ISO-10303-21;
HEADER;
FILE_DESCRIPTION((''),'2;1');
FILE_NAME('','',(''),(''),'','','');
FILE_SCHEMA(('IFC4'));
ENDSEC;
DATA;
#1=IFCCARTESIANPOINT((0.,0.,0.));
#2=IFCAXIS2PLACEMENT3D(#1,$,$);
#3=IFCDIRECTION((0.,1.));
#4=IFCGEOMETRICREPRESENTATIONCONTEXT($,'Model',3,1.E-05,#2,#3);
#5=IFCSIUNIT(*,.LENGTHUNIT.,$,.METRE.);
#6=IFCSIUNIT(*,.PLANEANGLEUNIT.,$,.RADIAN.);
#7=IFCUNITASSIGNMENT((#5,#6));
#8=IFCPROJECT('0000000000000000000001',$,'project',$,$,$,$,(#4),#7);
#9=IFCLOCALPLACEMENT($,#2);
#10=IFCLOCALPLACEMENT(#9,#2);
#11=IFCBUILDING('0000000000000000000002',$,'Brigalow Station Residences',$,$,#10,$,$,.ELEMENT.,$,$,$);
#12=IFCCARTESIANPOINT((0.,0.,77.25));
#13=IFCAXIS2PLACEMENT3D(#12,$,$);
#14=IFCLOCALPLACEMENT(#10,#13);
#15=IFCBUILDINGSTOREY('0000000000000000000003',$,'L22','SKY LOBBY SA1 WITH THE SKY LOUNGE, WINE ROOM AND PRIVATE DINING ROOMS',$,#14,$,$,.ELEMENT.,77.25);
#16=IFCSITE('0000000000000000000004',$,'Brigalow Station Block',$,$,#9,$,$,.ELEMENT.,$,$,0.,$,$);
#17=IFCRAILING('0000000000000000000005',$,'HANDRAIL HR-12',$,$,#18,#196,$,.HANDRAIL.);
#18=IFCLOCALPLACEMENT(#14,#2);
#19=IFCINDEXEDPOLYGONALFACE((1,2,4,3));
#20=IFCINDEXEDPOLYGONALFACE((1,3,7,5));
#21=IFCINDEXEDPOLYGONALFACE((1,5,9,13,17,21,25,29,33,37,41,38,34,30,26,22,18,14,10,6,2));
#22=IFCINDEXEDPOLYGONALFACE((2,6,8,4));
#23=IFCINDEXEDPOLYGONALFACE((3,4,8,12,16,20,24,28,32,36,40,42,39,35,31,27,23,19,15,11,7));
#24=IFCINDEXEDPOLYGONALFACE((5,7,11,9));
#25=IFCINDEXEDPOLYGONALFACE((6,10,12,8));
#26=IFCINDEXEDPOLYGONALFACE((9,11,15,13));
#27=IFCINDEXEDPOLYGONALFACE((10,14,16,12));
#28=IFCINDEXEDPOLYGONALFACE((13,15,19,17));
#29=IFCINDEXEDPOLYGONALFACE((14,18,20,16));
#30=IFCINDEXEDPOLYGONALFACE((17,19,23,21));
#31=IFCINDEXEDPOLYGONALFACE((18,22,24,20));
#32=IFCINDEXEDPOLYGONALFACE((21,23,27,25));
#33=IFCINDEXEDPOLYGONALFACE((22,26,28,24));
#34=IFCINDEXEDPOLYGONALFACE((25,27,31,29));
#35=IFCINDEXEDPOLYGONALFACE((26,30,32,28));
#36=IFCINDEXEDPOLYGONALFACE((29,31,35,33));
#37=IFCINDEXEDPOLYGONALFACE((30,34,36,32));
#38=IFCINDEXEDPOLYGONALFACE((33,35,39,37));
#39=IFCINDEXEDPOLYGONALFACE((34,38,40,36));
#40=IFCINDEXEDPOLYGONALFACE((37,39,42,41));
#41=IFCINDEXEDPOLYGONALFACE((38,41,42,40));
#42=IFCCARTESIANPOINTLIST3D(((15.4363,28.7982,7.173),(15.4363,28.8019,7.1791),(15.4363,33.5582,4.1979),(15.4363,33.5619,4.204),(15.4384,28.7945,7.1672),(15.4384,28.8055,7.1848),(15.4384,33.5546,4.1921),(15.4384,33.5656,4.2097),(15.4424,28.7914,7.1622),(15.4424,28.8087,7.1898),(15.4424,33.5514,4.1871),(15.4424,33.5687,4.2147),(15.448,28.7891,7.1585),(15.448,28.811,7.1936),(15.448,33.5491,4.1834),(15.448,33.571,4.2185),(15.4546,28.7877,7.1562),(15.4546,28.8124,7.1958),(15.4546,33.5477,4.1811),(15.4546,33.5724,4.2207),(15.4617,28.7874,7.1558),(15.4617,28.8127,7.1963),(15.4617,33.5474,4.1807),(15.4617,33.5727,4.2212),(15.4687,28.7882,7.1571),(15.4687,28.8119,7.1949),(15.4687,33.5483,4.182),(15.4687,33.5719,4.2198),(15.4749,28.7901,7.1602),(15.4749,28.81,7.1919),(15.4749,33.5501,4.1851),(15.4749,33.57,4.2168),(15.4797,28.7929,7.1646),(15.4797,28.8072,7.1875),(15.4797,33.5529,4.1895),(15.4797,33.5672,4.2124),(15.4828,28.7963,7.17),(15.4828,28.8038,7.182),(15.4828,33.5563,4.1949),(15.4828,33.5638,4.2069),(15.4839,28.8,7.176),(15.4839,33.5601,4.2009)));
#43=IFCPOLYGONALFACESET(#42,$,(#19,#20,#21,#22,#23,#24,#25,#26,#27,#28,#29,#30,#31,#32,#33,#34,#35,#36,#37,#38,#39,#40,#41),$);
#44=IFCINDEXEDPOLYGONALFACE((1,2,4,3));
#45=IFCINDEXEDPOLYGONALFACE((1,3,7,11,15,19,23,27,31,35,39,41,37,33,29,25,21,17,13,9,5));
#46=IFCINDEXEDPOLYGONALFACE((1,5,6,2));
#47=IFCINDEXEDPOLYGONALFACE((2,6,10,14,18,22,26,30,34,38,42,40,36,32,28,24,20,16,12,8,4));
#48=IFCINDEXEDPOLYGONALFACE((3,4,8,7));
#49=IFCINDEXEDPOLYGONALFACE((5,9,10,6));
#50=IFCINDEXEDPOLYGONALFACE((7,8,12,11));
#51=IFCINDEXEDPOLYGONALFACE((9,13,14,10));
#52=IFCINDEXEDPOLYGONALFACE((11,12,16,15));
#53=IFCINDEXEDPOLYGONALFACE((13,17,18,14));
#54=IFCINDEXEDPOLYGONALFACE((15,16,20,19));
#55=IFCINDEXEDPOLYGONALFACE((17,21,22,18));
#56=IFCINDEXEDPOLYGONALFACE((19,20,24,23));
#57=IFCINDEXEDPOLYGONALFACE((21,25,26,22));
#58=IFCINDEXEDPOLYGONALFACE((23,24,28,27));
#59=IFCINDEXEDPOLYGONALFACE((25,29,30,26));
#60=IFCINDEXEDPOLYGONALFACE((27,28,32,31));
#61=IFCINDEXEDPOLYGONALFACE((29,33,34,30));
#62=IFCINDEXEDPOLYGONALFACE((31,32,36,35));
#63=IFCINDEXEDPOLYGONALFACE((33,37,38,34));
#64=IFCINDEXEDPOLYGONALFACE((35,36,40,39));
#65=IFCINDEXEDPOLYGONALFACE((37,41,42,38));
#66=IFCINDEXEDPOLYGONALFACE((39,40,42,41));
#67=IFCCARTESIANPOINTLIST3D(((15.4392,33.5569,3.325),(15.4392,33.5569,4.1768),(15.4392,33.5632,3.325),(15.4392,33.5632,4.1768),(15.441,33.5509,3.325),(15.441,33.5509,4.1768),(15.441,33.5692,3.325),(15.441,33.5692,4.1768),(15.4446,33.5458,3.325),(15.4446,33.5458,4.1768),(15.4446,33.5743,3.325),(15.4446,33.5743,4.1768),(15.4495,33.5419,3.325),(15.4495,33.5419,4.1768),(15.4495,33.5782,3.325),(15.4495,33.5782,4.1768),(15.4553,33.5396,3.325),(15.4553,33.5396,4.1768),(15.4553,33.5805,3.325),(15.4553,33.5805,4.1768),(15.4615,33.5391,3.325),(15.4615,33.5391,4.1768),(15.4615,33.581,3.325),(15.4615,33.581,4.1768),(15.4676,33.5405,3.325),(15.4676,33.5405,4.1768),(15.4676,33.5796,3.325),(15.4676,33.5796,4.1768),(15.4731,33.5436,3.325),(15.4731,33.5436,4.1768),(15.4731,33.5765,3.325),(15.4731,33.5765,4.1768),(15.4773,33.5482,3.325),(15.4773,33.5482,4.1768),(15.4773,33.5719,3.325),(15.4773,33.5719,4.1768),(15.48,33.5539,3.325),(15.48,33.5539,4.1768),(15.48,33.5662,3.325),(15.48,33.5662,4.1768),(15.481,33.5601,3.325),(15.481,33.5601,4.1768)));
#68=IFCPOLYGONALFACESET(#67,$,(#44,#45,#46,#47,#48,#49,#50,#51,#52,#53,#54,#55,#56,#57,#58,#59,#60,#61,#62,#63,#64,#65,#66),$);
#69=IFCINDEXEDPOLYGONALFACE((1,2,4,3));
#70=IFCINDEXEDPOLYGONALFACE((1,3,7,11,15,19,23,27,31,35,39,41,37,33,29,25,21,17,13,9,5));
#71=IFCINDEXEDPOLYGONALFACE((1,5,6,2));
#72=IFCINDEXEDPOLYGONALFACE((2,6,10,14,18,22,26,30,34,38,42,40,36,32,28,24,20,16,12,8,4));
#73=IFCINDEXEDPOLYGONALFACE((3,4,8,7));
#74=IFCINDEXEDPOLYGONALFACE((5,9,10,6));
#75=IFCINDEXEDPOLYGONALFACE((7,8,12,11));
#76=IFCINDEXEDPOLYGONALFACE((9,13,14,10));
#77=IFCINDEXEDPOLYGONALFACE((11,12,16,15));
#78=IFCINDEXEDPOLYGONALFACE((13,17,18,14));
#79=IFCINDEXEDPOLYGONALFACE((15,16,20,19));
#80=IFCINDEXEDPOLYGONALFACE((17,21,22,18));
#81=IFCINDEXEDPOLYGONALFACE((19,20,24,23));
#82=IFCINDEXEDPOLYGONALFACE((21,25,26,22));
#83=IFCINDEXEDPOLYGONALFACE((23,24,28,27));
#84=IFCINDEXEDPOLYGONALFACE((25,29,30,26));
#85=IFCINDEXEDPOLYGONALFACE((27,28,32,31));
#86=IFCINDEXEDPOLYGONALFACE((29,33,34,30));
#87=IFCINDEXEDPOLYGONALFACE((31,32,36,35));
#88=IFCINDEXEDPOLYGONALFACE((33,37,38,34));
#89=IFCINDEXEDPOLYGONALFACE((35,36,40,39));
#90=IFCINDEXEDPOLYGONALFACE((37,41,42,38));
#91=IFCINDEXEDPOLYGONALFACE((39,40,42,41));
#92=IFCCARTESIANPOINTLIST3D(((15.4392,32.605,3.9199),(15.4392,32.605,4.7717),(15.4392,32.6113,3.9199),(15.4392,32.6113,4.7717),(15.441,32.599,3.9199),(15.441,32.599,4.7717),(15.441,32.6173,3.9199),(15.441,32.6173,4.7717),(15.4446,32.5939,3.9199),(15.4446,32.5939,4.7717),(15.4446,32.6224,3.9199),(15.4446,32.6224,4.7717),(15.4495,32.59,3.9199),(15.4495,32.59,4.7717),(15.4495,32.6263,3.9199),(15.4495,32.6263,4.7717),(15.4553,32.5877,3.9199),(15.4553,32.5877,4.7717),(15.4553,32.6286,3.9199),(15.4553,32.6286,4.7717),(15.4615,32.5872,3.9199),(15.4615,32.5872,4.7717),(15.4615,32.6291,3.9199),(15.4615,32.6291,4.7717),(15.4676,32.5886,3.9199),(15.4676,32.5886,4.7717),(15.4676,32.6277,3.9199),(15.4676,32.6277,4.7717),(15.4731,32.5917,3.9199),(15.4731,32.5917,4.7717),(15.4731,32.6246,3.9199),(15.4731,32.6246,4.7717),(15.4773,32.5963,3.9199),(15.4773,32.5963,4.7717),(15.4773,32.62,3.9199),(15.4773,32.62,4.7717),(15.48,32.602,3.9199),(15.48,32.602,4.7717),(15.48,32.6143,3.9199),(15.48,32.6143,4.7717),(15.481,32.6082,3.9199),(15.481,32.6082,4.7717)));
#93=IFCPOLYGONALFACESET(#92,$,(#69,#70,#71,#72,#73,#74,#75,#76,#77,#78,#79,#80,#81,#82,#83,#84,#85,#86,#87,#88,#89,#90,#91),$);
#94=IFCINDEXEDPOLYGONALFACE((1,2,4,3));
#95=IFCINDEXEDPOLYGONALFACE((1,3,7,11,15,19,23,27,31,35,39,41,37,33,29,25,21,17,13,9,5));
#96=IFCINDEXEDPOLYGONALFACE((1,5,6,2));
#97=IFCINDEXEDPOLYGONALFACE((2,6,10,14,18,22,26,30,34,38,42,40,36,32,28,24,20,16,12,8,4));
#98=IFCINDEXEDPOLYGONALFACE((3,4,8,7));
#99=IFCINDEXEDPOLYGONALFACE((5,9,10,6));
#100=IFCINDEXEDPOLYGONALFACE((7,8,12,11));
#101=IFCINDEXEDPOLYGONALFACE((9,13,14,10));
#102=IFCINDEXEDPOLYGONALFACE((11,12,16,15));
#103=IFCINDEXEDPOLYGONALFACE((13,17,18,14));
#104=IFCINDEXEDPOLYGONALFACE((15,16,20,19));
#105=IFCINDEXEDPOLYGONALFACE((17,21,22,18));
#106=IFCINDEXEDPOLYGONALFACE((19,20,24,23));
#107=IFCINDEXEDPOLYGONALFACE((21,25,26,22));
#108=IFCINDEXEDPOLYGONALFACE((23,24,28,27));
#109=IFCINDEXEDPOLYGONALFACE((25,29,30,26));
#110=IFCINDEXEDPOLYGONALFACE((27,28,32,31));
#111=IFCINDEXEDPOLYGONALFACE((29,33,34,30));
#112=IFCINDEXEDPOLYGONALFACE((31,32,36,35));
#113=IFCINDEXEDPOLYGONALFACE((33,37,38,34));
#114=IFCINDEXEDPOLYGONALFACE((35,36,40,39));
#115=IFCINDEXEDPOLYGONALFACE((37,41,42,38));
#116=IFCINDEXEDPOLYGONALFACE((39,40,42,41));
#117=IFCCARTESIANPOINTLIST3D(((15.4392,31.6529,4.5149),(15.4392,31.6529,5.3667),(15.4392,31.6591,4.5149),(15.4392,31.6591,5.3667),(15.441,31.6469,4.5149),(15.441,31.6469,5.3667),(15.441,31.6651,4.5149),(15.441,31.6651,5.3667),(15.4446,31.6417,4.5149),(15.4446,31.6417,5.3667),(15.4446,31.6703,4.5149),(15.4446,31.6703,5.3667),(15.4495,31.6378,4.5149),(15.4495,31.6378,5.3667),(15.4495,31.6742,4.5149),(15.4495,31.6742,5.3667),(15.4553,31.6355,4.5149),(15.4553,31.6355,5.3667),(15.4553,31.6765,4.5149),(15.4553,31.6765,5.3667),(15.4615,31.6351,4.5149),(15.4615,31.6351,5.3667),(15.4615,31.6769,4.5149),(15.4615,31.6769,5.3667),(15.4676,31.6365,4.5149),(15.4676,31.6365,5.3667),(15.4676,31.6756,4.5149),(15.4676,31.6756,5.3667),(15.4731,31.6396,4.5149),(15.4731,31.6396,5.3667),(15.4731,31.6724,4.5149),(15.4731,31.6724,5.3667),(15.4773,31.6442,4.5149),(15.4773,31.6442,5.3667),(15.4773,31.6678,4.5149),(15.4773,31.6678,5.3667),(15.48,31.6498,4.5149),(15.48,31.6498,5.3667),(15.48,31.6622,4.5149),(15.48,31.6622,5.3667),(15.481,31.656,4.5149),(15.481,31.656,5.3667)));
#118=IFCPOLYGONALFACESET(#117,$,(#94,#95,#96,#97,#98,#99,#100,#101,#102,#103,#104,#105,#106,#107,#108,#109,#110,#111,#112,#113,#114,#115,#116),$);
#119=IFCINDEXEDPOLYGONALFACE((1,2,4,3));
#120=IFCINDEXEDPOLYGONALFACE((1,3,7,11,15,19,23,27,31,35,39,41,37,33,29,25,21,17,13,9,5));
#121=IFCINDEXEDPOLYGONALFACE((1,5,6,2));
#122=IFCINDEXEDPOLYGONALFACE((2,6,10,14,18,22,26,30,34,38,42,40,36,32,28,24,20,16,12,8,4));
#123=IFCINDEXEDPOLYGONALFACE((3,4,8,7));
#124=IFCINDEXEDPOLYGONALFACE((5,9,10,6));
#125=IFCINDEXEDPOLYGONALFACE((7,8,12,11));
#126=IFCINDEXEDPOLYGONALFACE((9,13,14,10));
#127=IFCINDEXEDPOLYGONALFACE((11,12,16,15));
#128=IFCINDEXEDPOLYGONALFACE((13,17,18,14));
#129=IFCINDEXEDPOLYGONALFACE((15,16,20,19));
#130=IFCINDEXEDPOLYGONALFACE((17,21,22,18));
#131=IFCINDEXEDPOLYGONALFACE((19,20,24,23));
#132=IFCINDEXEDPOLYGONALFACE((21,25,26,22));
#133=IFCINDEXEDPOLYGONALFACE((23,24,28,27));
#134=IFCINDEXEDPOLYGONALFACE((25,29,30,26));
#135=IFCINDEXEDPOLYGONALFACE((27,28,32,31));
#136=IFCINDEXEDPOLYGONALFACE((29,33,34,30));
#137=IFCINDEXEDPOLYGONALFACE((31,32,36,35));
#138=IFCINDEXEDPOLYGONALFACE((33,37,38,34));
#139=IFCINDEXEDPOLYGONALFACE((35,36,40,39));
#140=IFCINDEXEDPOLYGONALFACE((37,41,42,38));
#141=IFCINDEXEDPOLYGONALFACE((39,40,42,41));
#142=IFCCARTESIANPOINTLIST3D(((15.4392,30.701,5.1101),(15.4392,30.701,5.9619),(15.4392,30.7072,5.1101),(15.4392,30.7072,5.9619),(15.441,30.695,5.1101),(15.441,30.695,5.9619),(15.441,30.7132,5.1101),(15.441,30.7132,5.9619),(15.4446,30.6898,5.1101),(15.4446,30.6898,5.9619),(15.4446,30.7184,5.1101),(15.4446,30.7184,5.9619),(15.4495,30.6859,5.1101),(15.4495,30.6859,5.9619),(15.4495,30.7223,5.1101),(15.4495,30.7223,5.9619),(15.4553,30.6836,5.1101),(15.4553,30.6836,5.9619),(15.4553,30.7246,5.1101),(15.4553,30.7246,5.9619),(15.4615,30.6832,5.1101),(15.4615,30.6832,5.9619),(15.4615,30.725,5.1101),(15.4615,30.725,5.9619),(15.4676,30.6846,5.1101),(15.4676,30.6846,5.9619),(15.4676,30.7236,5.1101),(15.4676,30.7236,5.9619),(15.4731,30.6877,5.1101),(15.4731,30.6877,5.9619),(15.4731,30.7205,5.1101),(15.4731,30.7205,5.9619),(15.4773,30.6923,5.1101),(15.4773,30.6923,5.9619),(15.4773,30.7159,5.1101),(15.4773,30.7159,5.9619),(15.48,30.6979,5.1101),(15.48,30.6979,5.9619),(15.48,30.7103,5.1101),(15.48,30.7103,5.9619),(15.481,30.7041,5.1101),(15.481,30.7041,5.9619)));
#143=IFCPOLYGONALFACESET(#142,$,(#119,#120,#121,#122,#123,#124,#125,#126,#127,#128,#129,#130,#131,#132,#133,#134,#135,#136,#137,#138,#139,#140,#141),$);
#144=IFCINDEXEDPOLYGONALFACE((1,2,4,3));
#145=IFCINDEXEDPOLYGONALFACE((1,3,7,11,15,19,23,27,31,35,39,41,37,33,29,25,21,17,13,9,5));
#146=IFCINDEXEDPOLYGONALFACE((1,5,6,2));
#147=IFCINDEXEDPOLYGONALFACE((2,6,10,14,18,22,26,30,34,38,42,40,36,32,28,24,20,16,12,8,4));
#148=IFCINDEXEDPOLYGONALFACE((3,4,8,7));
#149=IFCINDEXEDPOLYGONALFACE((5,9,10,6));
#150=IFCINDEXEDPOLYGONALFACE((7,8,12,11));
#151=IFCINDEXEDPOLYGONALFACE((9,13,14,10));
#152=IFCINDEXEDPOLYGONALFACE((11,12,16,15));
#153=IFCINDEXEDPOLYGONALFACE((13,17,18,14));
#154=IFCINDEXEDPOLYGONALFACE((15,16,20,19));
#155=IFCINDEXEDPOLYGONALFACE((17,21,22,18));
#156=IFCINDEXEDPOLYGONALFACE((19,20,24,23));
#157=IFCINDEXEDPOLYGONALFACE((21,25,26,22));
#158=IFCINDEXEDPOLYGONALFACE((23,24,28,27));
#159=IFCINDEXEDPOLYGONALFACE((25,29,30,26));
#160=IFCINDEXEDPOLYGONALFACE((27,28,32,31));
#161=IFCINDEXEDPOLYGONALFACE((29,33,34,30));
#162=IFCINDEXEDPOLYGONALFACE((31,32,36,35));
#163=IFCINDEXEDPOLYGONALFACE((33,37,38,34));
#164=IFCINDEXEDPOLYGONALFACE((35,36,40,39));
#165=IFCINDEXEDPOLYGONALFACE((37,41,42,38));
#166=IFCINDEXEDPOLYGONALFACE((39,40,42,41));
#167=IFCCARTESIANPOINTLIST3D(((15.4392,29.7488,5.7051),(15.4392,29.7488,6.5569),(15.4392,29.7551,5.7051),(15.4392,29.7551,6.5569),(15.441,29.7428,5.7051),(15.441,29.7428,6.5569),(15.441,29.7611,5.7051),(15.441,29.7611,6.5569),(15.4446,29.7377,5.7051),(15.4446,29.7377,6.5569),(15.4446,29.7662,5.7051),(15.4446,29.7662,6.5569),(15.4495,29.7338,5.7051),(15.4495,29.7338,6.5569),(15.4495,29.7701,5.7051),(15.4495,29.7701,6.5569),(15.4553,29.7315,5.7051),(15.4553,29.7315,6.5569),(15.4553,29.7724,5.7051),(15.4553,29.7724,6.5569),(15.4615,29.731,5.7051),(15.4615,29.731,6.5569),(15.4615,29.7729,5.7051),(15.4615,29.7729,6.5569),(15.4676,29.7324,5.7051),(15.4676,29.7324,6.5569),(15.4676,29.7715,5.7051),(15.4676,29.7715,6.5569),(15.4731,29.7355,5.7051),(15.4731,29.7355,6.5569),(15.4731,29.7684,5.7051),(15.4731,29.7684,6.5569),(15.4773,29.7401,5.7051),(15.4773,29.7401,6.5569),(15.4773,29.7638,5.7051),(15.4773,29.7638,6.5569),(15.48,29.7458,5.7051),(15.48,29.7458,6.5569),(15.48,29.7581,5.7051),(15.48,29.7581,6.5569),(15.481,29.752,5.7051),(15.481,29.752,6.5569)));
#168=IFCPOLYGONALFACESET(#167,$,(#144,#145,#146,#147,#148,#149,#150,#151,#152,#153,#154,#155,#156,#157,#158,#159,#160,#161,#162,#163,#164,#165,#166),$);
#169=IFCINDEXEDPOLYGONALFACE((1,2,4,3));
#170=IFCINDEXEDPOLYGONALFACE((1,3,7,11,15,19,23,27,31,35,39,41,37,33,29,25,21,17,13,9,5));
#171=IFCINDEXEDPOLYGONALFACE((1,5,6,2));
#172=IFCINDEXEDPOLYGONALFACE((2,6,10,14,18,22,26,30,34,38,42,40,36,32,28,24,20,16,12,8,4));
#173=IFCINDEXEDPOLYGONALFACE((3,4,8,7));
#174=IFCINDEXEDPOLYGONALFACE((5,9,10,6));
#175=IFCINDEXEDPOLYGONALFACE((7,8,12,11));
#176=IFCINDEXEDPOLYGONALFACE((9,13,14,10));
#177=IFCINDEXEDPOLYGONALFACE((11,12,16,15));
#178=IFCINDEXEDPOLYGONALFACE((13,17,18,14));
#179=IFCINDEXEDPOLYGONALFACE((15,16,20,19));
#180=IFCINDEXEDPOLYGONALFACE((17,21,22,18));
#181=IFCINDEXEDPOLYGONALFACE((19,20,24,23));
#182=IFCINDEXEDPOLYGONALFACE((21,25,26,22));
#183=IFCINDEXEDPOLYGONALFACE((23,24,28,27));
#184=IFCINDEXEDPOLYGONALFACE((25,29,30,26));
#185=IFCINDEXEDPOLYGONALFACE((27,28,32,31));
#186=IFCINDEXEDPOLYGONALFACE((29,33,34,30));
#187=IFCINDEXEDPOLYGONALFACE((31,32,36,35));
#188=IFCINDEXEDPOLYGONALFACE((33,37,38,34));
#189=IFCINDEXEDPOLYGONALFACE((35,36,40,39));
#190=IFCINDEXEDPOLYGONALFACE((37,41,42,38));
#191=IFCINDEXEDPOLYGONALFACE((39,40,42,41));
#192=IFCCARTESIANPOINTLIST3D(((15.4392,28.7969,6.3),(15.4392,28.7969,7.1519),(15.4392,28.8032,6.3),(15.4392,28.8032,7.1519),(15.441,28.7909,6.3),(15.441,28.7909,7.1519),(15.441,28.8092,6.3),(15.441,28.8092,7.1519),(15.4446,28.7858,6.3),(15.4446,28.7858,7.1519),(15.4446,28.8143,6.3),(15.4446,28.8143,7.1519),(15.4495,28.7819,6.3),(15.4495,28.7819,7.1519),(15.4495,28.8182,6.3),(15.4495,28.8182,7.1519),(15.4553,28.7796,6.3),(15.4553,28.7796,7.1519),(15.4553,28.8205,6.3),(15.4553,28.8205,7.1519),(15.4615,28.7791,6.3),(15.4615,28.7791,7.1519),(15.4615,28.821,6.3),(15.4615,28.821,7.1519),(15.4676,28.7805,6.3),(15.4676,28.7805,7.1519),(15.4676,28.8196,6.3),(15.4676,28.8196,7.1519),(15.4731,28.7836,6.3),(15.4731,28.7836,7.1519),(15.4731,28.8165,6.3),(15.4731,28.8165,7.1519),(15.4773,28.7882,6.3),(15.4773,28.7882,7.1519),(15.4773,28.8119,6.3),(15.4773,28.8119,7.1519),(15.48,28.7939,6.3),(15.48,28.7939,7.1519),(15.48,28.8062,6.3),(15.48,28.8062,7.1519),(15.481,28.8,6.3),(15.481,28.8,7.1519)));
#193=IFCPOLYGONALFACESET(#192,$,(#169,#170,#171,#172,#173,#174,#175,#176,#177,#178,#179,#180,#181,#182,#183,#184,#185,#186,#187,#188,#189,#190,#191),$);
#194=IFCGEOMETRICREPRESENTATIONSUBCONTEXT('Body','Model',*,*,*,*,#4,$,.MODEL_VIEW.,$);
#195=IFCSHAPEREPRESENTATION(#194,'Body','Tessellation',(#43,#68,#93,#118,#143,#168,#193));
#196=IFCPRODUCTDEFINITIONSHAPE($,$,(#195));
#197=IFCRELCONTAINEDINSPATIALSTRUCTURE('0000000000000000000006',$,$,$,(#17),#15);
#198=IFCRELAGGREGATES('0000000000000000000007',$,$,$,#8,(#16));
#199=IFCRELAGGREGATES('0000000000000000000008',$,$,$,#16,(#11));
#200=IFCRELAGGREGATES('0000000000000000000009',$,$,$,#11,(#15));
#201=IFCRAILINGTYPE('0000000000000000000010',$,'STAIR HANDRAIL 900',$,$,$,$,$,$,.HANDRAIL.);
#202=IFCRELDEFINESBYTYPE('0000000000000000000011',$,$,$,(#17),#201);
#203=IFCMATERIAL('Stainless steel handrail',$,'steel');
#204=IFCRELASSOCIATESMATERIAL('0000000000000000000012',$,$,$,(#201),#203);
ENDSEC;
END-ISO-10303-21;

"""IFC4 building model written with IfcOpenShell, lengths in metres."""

from ifc_helpers import new_model, si_unit, direction, frame, origin, origin_2d, place, context, subcontext, project, spatial, circle, extrude, material, type_object, element, save


model = new_model("IFC4")

# Units and contexts
model_context = context("Model", 3, precision=1e-05, world=origin(), true_north=direction((0.0, 1.0)))
body_context = subcontext(model_context, "Body", "Model", "MODEL_VIEW")
ifc_project = project(units=[si_unit("LENGTHUNIT", "METRE"), si_unit("PLANEANGLEUNIT", "RADIAN")], contexts=[model_context])

# Site, building, storey
site_placement = place(None, origin())
site = spatial("IfcSite", under=ifc_project, at=site_placement, Name="Brigalow Station Block", CompositionType="ELEMENT", RefElevation=0.0)
building_placement = place(site_placement, origin())
building = spatial("IfcBuilding", under=site, at=building_placement, Name="Brigalow Station Residences", CompositionType="ELEMENT")
storey_placement = place(building_placement, frame((0.0, 0.0, 77.25)))
storey = spatial("IfcBuildingStorey", under=building, at=storey_placement, Name="L22", Description="SKY LOBBY SA1 WITH THE SKY LOUNGE, WINE ROOM AND PRIVATE DINING ROOMS", CompositionType="ELEMENT", Elevation=77.25)

# Railing
ifc_material_1 = material(Name="Stainless steel handrail", Category="steel")
railing_type = type_object("IfcRailingType", Name="STAIR HANDRAIL 900", PredefinedType="HANDRAIL", material=ifc_material_1)
railing_placement = place(storey_placement, frame((15.46, 33.5601, 3.325)))
element("IfcRailing", 1, at=railing_placement, inside=storey, type_object=railing_type, Name="HANDRAIL HR-12", PredefinedType="HANDRAIL", context=body_context, shape_type="SweptSolid", body=[
    extrude(circle(Radius=0.0239, at=origin_2d()), frame((0.0, 0.0, 0.876), z_axis=(0.0, -0.847991, 0.530011), x_axis=(1.0, 0.0, 0.0)), (0.0, 0.0, 1.0), 5.6133),
    extrude(circle(Radius=0.021, at=origin_2d()), origin(), (0.0, 0.0, 1.0), 0.8518),
    extrude(circle(Radius=0.021, at=origin_2d()), frame((0.0, -0.9519, 0.595)), (0.0, 0.0, 1.0), 0.8518),
    extrude(circle(Radius=0.021, at=origin_2d()), frame((0.0, -1.9041, 1.1899)), (0.0, 0.0, 1.0), 0.8518),
    extrude(circle(Radius=0.021, at=origin_2d()), frame((0.0, -2.856, 1.7852)), (0.0, 0.0, 1.0), 0.8518),
    extrude(circle(Radius=0.021, at=origin_2d()), frame((0.0, -3.8081, 2.3801)), (0.0, 0.0, 1.0), 0.8518),
    extrude(circle(Radius=0.021, at=origin_2d()), frame((0.0, -4.76, 2.9751)), (0.0, 0.0, 1.0), 0.8518),
])

save(model, "model.ifc")
